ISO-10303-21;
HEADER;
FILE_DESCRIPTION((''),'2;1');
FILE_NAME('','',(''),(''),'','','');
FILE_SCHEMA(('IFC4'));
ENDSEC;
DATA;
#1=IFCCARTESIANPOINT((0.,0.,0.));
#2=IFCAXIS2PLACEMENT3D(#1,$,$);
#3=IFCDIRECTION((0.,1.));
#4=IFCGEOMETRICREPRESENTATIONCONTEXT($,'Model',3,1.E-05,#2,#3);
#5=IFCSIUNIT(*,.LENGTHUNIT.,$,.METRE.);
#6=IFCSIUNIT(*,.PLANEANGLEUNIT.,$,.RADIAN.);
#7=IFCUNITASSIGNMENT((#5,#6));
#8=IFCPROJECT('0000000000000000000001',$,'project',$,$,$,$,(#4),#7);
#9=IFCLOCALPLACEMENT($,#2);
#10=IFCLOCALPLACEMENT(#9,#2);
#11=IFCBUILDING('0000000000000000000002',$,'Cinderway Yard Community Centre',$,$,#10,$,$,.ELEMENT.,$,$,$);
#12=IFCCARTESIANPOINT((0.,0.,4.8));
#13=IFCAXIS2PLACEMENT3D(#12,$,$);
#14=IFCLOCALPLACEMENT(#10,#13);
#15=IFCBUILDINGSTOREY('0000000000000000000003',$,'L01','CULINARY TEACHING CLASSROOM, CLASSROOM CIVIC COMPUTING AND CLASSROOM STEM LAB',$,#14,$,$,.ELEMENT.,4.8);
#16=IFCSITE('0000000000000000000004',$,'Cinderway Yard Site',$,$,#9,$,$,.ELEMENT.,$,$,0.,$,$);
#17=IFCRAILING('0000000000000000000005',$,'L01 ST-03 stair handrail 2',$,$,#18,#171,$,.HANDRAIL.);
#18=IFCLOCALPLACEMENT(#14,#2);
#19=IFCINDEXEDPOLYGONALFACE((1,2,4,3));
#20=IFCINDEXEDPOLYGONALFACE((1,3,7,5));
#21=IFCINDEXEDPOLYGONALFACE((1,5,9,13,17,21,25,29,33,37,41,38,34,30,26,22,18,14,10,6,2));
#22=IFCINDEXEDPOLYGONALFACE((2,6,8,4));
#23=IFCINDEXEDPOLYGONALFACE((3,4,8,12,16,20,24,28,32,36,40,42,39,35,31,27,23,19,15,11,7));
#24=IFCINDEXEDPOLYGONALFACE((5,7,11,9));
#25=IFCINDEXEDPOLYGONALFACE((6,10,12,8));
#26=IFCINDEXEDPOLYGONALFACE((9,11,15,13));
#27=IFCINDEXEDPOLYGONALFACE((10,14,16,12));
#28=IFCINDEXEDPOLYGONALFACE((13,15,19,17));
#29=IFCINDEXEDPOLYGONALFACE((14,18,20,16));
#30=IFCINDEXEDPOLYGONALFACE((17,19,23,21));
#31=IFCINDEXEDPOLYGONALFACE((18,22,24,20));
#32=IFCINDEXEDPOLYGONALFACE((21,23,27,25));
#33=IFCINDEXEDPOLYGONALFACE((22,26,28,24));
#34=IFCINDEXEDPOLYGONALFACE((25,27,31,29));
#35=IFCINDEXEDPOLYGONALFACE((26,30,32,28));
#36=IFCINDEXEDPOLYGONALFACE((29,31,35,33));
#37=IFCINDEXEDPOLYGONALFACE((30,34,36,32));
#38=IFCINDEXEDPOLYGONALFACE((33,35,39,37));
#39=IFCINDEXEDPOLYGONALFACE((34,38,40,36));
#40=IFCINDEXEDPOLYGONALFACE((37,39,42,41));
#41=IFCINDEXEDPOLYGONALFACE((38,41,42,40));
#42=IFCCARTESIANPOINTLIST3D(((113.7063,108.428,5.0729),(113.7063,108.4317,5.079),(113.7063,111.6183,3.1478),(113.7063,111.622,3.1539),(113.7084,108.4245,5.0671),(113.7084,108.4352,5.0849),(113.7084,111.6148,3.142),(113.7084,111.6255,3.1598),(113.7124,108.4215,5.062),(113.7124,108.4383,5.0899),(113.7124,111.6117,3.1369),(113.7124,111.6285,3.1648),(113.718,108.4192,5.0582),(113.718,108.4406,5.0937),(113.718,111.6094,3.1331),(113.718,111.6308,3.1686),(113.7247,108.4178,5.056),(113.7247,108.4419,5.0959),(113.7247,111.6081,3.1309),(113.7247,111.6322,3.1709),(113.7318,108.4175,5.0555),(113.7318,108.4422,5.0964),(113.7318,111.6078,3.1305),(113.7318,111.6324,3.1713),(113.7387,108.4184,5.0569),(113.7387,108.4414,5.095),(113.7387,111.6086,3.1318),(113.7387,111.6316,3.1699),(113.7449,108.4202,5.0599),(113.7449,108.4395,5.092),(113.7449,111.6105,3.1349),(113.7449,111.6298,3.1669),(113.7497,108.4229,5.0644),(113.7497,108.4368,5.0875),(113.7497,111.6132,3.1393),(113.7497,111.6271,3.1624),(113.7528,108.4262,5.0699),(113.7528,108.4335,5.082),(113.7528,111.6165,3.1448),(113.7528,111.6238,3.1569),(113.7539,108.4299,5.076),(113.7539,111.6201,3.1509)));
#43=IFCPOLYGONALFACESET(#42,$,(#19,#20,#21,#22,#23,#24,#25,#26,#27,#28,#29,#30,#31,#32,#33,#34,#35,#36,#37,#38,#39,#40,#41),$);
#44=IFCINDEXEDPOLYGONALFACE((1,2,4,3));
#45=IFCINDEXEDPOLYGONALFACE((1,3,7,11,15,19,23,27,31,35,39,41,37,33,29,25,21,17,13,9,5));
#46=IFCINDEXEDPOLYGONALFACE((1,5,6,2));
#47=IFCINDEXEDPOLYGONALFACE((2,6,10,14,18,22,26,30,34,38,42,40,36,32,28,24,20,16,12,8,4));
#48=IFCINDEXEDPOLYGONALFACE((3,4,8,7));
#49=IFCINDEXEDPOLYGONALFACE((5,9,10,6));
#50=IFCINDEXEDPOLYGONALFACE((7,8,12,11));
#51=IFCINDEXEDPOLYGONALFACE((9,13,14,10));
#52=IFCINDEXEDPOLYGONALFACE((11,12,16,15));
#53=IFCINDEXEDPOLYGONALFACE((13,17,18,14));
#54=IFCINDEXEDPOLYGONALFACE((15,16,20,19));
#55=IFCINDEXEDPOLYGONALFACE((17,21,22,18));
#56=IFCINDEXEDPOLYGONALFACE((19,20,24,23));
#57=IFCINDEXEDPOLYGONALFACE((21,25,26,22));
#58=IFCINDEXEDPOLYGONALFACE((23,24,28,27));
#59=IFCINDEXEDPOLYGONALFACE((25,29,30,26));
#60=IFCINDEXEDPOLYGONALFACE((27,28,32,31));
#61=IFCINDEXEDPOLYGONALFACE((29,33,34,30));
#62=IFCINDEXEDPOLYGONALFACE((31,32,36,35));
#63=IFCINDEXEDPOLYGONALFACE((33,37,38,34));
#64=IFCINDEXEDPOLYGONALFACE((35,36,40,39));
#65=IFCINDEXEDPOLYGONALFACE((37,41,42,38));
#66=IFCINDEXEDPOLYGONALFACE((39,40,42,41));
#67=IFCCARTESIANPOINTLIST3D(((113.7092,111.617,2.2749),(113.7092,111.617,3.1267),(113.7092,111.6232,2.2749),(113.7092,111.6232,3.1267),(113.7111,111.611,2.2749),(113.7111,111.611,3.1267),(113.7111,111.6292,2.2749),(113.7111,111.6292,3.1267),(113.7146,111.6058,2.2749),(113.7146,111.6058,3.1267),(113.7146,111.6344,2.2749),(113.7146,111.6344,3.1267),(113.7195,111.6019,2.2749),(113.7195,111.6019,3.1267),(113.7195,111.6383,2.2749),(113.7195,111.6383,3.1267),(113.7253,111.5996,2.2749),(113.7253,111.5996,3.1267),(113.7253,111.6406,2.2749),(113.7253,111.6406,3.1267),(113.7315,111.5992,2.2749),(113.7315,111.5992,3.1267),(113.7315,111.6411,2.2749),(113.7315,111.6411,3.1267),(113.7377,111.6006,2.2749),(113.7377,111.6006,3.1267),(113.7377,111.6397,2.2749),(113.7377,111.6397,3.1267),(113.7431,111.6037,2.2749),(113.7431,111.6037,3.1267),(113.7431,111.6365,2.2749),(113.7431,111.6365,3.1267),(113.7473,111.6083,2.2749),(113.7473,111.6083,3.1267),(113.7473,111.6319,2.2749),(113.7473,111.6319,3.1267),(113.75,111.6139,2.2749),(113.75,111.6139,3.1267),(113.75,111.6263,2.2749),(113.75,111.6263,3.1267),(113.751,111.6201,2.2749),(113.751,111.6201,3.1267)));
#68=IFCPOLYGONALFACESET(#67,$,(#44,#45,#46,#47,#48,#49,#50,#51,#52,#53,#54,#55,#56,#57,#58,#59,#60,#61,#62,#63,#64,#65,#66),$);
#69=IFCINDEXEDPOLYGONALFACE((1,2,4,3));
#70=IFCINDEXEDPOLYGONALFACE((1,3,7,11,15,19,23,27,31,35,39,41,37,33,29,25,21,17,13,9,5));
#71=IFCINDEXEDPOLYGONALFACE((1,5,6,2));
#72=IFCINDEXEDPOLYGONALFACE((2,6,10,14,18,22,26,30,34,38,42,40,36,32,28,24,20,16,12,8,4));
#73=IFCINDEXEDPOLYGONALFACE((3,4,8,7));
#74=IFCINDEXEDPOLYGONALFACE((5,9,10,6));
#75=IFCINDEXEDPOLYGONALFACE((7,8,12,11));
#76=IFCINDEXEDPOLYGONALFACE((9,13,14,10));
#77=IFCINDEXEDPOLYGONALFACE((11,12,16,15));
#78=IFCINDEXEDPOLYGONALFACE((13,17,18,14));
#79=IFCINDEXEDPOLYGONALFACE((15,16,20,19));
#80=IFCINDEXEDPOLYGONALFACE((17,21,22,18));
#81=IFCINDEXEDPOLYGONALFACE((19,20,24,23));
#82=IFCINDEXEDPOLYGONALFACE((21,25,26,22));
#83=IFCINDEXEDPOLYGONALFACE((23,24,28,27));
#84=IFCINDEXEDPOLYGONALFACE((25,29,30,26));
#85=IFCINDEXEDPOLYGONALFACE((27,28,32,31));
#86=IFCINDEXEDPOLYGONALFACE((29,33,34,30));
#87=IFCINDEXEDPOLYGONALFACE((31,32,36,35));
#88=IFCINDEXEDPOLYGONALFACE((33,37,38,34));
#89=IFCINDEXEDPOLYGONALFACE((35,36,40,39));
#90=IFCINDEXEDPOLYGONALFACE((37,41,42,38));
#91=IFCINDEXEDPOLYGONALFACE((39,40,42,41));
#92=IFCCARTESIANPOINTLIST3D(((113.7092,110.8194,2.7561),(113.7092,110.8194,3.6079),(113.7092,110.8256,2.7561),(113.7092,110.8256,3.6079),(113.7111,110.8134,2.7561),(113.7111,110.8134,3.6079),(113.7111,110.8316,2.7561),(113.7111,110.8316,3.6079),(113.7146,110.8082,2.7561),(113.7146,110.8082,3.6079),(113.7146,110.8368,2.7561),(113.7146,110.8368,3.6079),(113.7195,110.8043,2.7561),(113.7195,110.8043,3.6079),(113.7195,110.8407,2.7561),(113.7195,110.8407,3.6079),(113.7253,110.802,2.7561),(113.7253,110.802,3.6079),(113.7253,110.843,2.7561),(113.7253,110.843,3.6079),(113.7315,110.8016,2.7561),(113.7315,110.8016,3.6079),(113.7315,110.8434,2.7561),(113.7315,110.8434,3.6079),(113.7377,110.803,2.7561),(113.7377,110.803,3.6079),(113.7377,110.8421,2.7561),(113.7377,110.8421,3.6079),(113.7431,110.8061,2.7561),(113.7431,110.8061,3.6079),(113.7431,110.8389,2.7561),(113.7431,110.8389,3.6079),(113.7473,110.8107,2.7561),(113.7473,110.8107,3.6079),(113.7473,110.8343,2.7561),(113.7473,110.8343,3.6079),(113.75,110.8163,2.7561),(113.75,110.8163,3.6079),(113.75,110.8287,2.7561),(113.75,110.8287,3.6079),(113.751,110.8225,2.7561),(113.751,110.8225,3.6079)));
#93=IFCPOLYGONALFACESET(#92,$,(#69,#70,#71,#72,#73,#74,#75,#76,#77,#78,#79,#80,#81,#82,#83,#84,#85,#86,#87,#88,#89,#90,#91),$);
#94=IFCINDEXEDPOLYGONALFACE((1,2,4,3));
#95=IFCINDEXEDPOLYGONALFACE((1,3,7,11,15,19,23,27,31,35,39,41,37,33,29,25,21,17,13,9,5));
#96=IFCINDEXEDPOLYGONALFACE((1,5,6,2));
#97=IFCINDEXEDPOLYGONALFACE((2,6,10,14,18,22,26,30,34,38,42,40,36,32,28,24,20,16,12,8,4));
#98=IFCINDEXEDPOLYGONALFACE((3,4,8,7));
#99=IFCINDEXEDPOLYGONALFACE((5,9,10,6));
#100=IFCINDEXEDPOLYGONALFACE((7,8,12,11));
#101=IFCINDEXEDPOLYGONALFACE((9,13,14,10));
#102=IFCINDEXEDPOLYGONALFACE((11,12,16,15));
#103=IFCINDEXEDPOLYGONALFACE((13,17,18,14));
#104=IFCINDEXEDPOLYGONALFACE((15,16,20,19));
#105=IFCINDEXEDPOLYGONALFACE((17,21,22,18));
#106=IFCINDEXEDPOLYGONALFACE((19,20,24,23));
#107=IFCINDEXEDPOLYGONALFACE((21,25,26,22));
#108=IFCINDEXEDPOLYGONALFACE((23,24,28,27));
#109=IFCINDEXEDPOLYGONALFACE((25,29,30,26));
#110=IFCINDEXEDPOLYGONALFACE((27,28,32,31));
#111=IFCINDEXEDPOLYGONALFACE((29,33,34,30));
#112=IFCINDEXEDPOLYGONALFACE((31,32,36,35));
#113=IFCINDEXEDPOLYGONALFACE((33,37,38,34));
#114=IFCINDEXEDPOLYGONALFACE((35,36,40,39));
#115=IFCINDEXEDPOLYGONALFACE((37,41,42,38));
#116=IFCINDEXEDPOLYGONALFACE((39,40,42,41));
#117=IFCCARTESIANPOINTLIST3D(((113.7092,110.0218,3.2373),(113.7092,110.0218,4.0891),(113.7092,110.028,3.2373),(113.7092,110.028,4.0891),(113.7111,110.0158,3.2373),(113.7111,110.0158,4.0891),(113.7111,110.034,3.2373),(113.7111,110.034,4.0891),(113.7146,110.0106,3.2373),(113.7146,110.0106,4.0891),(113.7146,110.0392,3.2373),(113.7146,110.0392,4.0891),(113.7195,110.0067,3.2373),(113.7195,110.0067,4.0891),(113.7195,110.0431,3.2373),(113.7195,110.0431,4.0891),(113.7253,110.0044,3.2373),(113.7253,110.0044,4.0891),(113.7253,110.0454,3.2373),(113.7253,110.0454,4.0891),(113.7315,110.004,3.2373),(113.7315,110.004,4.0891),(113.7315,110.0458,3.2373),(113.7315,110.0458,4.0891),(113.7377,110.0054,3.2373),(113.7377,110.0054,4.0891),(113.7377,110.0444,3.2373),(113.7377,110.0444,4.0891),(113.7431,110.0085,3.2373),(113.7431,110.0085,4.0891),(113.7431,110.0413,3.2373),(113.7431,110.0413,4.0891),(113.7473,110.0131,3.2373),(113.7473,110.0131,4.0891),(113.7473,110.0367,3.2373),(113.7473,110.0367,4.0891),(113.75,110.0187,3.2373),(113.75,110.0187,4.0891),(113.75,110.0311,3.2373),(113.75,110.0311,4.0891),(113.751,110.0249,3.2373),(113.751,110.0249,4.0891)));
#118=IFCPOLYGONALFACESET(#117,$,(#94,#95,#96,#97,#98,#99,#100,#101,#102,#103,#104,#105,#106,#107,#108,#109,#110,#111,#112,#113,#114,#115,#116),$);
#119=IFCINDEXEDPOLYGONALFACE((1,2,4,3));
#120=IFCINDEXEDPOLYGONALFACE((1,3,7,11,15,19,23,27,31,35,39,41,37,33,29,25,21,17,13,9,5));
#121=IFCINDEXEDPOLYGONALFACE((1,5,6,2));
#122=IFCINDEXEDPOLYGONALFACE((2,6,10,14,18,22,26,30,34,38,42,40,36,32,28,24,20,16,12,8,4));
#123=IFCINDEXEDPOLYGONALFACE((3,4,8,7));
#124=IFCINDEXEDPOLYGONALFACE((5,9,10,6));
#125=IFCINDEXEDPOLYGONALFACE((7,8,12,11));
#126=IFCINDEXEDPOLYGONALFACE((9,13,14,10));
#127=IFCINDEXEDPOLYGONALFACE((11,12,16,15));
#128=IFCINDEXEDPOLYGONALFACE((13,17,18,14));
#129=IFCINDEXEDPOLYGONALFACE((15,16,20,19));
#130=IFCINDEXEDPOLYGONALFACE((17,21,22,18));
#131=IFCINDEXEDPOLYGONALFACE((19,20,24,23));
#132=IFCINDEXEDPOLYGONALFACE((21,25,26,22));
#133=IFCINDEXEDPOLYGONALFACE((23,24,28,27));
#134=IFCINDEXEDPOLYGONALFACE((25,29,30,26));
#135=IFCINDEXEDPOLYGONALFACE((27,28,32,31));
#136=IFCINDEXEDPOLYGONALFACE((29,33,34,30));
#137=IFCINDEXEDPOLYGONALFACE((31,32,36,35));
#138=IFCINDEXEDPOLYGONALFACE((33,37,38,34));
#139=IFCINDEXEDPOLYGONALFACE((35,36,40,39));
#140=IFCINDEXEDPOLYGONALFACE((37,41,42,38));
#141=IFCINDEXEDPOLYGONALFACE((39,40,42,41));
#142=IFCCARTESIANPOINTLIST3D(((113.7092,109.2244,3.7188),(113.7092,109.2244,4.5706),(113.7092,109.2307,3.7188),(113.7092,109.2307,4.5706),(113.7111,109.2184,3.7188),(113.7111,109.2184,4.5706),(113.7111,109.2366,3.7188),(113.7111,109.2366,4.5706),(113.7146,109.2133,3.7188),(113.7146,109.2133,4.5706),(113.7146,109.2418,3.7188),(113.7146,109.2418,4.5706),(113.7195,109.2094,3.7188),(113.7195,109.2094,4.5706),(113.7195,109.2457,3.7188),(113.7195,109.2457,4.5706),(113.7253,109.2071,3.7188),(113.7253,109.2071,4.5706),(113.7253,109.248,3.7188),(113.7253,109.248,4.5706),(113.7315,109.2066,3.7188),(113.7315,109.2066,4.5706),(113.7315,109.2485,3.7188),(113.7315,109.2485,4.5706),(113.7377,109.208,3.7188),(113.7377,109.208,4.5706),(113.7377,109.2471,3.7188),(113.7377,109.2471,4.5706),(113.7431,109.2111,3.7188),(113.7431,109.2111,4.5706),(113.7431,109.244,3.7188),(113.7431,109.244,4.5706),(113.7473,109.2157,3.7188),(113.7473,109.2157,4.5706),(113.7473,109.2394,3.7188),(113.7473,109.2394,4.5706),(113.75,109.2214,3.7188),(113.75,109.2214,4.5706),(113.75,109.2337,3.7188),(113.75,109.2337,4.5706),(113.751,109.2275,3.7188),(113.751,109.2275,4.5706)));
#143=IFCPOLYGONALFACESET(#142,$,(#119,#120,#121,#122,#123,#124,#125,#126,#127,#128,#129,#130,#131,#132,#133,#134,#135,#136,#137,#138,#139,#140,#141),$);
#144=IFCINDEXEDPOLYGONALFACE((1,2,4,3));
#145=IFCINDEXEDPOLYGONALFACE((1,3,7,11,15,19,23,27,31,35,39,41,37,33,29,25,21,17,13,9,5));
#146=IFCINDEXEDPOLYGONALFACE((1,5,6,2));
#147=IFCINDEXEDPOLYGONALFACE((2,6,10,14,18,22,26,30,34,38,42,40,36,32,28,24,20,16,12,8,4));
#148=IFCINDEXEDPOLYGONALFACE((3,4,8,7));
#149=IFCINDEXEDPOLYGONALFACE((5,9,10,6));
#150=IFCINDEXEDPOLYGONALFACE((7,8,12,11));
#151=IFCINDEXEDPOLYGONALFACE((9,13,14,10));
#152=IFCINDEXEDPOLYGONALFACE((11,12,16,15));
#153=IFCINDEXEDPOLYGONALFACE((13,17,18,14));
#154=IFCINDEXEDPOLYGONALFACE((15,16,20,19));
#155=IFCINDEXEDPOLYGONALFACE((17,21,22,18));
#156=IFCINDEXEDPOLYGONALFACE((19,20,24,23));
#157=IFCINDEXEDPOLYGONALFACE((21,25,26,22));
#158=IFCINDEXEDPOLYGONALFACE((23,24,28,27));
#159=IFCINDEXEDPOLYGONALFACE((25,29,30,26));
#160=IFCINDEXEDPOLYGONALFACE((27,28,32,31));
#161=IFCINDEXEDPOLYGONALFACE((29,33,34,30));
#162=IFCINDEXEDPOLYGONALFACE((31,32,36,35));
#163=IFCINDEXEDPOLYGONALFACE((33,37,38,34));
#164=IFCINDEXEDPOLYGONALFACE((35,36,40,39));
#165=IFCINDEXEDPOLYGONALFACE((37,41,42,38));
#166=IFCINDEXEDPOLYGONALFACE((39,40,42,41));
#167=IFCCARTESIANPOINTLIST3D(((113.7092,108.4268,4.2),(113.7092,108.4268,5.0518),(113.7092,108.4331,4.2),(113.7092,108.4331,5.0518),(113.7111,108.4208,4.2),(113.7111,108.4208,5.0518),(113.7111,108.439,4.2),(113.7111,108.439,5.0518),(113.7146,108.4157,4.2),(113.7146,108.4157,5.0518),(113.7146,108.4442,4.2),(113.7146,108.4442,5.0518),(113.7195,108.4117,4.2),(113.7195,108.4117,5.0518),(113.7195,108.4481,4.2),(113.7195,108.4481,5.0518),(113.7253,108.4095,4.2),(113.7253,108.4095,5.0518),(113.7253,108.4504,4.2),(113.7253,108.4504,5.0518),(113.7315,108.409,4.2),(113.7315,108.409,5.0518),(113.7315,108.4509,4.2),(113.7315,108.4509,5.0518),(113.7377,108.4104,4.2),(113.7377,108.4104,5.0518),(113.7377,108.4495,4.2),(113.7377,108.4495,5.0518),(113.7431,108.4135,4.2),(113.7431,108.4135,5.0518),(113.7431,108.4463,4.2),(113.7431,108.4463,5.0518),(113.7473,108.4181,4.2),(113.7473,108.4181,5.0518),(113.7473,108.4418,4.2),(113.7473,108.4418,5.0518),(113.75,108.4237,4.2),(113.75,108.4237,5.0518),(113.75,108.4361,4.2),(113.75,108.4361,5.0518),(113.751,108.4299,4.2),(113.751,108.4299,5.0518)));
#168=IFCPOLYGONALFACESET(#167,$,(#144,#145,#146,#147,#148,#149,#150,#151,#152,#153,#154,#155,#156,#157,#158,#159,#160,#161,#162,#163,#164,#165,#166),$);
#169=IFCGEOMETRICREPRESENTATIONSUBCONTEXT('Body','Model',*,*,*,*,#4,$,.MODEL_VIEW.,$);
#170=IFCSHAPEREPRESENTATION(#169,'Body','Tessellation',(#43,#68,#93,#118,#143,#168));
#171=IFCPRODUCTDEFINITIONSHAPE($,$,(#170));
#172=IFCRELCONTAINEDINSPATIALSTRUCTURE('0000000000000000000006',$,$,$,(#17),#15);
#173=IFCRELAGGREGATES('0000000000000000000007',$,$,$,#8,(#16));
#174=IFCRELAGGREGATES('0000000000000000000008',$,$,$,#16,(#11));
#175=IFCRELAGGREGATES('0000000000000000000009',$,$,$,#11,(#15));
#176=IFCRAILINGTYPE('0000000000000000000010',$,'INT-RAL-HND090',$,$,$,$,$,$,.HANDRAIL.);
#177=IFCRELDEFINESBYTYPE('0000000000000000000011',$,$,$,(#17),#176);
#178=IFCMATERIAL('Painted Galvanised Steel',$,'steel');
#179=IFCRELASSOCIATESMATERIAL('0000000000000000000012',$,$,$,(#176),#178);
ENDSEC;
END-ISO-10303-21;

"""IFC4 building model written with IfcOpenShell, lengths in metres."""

from ifc_helpers import new_model, si_unit, direction, frame, origin, origin_2d, place, context, subcontext, project, spatial, circle, extrude, material, type_object, element, save


model = new_model("IFC4")

# Units and contexts
model_context = context("Model", 3, precision=1e-05, world=origin(), true_north=direction((0.0, 1.0)))
body_context = subcontext(model_context, "Body", "Model", "MODEL_VIEW")
ifc_project = project(units=[si_unit("LENGTHUNIT", "METRE"), si_unit("PLANEANGLEUNIT", "RADIAN")], contexts=[model_context])

# Site, building, storey
site_placement = place(None, origin())
site = spatial("IfcSite", under=ifc_project, at=site_placement, Name="Cinderway Yard Site", CompositionType="ELEMENT", RefElevation=0.0)
building_placement = place(site_placement, origin())
building = spatial("IfcBuilding", under=site, at=building_placement, Name="Cinderway Yard Community Centre", CompositionType="ELEMENT")
storey_placement = place(building_placement, frame((0.0, 0.0, 4.8)))
storey = spatial("IfcBuildingStorey", under=building, at=storey_placement, Name="L01", Description="CULINARY TEACHING CLASSROOM, CLASSROOM CIVIC COMPUTING AND CLASSROOM STEM LAB", CompositionType="ELEMENT", Elevation=4.8)

# Railing
ifc_material_1 = material(Name="Painted Galvanised Steel", Category="steel")
railing_type_1 = type_object("IfcRailingType", Name="INT-RAL-HND090", PredefinedType="HANDRAIL", material=ifc_material_1)
railing_1_placement = place(storey_placement, frame((113.73, 111.6201, 2.2749)))
element("IfcRailing", 1, at=railing_1_placement, inside=storey, type_object=railing_type_1, Name="L01 ST-03 stair handrail 2", PredefinedType="HANDRAIL", context=body_context, shape_type="SweptSolid", body=[
    extrude(circle(Radius=0.0239, at=origin_2d()), frame((0.0, 0.0, 0.876), z_axis=(0.0, -0.856195, 0.516653), x_axis=(1.0, 0.0, 0.0)), (0.0, 0.0, 1.0), 3.7261),
    extrude(circle(Radius=0.021, at=origin_2d()), origin(), (0.0, 0.0, 1.0), 0.8518),
    extrude(circle(Radius=0.021, at=origin_2d()), frame((0.0, -0.7976, 0.4812)), (0.0, 0.0, 1.0), 0.8518),
    extrude(circle(Radius=0.021, at=origin_2d()), frame((0.0, -1.5952, 0.9624)), (0.0, 0.0, 1.0), 0.8518),
    extrude(circle(Radius=0.021, at=origin_2d()), frame((0.0, -2.3926, 1.4438)), (0.0, 0.0, 1.0), 0.8518),
    extrude(circle(Radius=0.021, at=origin_2d()), frame((0.0, -3.1902, 1.925)), (0.0, 0.0, 1.0), 0.8518),
])

save(model, "model.ifc")
